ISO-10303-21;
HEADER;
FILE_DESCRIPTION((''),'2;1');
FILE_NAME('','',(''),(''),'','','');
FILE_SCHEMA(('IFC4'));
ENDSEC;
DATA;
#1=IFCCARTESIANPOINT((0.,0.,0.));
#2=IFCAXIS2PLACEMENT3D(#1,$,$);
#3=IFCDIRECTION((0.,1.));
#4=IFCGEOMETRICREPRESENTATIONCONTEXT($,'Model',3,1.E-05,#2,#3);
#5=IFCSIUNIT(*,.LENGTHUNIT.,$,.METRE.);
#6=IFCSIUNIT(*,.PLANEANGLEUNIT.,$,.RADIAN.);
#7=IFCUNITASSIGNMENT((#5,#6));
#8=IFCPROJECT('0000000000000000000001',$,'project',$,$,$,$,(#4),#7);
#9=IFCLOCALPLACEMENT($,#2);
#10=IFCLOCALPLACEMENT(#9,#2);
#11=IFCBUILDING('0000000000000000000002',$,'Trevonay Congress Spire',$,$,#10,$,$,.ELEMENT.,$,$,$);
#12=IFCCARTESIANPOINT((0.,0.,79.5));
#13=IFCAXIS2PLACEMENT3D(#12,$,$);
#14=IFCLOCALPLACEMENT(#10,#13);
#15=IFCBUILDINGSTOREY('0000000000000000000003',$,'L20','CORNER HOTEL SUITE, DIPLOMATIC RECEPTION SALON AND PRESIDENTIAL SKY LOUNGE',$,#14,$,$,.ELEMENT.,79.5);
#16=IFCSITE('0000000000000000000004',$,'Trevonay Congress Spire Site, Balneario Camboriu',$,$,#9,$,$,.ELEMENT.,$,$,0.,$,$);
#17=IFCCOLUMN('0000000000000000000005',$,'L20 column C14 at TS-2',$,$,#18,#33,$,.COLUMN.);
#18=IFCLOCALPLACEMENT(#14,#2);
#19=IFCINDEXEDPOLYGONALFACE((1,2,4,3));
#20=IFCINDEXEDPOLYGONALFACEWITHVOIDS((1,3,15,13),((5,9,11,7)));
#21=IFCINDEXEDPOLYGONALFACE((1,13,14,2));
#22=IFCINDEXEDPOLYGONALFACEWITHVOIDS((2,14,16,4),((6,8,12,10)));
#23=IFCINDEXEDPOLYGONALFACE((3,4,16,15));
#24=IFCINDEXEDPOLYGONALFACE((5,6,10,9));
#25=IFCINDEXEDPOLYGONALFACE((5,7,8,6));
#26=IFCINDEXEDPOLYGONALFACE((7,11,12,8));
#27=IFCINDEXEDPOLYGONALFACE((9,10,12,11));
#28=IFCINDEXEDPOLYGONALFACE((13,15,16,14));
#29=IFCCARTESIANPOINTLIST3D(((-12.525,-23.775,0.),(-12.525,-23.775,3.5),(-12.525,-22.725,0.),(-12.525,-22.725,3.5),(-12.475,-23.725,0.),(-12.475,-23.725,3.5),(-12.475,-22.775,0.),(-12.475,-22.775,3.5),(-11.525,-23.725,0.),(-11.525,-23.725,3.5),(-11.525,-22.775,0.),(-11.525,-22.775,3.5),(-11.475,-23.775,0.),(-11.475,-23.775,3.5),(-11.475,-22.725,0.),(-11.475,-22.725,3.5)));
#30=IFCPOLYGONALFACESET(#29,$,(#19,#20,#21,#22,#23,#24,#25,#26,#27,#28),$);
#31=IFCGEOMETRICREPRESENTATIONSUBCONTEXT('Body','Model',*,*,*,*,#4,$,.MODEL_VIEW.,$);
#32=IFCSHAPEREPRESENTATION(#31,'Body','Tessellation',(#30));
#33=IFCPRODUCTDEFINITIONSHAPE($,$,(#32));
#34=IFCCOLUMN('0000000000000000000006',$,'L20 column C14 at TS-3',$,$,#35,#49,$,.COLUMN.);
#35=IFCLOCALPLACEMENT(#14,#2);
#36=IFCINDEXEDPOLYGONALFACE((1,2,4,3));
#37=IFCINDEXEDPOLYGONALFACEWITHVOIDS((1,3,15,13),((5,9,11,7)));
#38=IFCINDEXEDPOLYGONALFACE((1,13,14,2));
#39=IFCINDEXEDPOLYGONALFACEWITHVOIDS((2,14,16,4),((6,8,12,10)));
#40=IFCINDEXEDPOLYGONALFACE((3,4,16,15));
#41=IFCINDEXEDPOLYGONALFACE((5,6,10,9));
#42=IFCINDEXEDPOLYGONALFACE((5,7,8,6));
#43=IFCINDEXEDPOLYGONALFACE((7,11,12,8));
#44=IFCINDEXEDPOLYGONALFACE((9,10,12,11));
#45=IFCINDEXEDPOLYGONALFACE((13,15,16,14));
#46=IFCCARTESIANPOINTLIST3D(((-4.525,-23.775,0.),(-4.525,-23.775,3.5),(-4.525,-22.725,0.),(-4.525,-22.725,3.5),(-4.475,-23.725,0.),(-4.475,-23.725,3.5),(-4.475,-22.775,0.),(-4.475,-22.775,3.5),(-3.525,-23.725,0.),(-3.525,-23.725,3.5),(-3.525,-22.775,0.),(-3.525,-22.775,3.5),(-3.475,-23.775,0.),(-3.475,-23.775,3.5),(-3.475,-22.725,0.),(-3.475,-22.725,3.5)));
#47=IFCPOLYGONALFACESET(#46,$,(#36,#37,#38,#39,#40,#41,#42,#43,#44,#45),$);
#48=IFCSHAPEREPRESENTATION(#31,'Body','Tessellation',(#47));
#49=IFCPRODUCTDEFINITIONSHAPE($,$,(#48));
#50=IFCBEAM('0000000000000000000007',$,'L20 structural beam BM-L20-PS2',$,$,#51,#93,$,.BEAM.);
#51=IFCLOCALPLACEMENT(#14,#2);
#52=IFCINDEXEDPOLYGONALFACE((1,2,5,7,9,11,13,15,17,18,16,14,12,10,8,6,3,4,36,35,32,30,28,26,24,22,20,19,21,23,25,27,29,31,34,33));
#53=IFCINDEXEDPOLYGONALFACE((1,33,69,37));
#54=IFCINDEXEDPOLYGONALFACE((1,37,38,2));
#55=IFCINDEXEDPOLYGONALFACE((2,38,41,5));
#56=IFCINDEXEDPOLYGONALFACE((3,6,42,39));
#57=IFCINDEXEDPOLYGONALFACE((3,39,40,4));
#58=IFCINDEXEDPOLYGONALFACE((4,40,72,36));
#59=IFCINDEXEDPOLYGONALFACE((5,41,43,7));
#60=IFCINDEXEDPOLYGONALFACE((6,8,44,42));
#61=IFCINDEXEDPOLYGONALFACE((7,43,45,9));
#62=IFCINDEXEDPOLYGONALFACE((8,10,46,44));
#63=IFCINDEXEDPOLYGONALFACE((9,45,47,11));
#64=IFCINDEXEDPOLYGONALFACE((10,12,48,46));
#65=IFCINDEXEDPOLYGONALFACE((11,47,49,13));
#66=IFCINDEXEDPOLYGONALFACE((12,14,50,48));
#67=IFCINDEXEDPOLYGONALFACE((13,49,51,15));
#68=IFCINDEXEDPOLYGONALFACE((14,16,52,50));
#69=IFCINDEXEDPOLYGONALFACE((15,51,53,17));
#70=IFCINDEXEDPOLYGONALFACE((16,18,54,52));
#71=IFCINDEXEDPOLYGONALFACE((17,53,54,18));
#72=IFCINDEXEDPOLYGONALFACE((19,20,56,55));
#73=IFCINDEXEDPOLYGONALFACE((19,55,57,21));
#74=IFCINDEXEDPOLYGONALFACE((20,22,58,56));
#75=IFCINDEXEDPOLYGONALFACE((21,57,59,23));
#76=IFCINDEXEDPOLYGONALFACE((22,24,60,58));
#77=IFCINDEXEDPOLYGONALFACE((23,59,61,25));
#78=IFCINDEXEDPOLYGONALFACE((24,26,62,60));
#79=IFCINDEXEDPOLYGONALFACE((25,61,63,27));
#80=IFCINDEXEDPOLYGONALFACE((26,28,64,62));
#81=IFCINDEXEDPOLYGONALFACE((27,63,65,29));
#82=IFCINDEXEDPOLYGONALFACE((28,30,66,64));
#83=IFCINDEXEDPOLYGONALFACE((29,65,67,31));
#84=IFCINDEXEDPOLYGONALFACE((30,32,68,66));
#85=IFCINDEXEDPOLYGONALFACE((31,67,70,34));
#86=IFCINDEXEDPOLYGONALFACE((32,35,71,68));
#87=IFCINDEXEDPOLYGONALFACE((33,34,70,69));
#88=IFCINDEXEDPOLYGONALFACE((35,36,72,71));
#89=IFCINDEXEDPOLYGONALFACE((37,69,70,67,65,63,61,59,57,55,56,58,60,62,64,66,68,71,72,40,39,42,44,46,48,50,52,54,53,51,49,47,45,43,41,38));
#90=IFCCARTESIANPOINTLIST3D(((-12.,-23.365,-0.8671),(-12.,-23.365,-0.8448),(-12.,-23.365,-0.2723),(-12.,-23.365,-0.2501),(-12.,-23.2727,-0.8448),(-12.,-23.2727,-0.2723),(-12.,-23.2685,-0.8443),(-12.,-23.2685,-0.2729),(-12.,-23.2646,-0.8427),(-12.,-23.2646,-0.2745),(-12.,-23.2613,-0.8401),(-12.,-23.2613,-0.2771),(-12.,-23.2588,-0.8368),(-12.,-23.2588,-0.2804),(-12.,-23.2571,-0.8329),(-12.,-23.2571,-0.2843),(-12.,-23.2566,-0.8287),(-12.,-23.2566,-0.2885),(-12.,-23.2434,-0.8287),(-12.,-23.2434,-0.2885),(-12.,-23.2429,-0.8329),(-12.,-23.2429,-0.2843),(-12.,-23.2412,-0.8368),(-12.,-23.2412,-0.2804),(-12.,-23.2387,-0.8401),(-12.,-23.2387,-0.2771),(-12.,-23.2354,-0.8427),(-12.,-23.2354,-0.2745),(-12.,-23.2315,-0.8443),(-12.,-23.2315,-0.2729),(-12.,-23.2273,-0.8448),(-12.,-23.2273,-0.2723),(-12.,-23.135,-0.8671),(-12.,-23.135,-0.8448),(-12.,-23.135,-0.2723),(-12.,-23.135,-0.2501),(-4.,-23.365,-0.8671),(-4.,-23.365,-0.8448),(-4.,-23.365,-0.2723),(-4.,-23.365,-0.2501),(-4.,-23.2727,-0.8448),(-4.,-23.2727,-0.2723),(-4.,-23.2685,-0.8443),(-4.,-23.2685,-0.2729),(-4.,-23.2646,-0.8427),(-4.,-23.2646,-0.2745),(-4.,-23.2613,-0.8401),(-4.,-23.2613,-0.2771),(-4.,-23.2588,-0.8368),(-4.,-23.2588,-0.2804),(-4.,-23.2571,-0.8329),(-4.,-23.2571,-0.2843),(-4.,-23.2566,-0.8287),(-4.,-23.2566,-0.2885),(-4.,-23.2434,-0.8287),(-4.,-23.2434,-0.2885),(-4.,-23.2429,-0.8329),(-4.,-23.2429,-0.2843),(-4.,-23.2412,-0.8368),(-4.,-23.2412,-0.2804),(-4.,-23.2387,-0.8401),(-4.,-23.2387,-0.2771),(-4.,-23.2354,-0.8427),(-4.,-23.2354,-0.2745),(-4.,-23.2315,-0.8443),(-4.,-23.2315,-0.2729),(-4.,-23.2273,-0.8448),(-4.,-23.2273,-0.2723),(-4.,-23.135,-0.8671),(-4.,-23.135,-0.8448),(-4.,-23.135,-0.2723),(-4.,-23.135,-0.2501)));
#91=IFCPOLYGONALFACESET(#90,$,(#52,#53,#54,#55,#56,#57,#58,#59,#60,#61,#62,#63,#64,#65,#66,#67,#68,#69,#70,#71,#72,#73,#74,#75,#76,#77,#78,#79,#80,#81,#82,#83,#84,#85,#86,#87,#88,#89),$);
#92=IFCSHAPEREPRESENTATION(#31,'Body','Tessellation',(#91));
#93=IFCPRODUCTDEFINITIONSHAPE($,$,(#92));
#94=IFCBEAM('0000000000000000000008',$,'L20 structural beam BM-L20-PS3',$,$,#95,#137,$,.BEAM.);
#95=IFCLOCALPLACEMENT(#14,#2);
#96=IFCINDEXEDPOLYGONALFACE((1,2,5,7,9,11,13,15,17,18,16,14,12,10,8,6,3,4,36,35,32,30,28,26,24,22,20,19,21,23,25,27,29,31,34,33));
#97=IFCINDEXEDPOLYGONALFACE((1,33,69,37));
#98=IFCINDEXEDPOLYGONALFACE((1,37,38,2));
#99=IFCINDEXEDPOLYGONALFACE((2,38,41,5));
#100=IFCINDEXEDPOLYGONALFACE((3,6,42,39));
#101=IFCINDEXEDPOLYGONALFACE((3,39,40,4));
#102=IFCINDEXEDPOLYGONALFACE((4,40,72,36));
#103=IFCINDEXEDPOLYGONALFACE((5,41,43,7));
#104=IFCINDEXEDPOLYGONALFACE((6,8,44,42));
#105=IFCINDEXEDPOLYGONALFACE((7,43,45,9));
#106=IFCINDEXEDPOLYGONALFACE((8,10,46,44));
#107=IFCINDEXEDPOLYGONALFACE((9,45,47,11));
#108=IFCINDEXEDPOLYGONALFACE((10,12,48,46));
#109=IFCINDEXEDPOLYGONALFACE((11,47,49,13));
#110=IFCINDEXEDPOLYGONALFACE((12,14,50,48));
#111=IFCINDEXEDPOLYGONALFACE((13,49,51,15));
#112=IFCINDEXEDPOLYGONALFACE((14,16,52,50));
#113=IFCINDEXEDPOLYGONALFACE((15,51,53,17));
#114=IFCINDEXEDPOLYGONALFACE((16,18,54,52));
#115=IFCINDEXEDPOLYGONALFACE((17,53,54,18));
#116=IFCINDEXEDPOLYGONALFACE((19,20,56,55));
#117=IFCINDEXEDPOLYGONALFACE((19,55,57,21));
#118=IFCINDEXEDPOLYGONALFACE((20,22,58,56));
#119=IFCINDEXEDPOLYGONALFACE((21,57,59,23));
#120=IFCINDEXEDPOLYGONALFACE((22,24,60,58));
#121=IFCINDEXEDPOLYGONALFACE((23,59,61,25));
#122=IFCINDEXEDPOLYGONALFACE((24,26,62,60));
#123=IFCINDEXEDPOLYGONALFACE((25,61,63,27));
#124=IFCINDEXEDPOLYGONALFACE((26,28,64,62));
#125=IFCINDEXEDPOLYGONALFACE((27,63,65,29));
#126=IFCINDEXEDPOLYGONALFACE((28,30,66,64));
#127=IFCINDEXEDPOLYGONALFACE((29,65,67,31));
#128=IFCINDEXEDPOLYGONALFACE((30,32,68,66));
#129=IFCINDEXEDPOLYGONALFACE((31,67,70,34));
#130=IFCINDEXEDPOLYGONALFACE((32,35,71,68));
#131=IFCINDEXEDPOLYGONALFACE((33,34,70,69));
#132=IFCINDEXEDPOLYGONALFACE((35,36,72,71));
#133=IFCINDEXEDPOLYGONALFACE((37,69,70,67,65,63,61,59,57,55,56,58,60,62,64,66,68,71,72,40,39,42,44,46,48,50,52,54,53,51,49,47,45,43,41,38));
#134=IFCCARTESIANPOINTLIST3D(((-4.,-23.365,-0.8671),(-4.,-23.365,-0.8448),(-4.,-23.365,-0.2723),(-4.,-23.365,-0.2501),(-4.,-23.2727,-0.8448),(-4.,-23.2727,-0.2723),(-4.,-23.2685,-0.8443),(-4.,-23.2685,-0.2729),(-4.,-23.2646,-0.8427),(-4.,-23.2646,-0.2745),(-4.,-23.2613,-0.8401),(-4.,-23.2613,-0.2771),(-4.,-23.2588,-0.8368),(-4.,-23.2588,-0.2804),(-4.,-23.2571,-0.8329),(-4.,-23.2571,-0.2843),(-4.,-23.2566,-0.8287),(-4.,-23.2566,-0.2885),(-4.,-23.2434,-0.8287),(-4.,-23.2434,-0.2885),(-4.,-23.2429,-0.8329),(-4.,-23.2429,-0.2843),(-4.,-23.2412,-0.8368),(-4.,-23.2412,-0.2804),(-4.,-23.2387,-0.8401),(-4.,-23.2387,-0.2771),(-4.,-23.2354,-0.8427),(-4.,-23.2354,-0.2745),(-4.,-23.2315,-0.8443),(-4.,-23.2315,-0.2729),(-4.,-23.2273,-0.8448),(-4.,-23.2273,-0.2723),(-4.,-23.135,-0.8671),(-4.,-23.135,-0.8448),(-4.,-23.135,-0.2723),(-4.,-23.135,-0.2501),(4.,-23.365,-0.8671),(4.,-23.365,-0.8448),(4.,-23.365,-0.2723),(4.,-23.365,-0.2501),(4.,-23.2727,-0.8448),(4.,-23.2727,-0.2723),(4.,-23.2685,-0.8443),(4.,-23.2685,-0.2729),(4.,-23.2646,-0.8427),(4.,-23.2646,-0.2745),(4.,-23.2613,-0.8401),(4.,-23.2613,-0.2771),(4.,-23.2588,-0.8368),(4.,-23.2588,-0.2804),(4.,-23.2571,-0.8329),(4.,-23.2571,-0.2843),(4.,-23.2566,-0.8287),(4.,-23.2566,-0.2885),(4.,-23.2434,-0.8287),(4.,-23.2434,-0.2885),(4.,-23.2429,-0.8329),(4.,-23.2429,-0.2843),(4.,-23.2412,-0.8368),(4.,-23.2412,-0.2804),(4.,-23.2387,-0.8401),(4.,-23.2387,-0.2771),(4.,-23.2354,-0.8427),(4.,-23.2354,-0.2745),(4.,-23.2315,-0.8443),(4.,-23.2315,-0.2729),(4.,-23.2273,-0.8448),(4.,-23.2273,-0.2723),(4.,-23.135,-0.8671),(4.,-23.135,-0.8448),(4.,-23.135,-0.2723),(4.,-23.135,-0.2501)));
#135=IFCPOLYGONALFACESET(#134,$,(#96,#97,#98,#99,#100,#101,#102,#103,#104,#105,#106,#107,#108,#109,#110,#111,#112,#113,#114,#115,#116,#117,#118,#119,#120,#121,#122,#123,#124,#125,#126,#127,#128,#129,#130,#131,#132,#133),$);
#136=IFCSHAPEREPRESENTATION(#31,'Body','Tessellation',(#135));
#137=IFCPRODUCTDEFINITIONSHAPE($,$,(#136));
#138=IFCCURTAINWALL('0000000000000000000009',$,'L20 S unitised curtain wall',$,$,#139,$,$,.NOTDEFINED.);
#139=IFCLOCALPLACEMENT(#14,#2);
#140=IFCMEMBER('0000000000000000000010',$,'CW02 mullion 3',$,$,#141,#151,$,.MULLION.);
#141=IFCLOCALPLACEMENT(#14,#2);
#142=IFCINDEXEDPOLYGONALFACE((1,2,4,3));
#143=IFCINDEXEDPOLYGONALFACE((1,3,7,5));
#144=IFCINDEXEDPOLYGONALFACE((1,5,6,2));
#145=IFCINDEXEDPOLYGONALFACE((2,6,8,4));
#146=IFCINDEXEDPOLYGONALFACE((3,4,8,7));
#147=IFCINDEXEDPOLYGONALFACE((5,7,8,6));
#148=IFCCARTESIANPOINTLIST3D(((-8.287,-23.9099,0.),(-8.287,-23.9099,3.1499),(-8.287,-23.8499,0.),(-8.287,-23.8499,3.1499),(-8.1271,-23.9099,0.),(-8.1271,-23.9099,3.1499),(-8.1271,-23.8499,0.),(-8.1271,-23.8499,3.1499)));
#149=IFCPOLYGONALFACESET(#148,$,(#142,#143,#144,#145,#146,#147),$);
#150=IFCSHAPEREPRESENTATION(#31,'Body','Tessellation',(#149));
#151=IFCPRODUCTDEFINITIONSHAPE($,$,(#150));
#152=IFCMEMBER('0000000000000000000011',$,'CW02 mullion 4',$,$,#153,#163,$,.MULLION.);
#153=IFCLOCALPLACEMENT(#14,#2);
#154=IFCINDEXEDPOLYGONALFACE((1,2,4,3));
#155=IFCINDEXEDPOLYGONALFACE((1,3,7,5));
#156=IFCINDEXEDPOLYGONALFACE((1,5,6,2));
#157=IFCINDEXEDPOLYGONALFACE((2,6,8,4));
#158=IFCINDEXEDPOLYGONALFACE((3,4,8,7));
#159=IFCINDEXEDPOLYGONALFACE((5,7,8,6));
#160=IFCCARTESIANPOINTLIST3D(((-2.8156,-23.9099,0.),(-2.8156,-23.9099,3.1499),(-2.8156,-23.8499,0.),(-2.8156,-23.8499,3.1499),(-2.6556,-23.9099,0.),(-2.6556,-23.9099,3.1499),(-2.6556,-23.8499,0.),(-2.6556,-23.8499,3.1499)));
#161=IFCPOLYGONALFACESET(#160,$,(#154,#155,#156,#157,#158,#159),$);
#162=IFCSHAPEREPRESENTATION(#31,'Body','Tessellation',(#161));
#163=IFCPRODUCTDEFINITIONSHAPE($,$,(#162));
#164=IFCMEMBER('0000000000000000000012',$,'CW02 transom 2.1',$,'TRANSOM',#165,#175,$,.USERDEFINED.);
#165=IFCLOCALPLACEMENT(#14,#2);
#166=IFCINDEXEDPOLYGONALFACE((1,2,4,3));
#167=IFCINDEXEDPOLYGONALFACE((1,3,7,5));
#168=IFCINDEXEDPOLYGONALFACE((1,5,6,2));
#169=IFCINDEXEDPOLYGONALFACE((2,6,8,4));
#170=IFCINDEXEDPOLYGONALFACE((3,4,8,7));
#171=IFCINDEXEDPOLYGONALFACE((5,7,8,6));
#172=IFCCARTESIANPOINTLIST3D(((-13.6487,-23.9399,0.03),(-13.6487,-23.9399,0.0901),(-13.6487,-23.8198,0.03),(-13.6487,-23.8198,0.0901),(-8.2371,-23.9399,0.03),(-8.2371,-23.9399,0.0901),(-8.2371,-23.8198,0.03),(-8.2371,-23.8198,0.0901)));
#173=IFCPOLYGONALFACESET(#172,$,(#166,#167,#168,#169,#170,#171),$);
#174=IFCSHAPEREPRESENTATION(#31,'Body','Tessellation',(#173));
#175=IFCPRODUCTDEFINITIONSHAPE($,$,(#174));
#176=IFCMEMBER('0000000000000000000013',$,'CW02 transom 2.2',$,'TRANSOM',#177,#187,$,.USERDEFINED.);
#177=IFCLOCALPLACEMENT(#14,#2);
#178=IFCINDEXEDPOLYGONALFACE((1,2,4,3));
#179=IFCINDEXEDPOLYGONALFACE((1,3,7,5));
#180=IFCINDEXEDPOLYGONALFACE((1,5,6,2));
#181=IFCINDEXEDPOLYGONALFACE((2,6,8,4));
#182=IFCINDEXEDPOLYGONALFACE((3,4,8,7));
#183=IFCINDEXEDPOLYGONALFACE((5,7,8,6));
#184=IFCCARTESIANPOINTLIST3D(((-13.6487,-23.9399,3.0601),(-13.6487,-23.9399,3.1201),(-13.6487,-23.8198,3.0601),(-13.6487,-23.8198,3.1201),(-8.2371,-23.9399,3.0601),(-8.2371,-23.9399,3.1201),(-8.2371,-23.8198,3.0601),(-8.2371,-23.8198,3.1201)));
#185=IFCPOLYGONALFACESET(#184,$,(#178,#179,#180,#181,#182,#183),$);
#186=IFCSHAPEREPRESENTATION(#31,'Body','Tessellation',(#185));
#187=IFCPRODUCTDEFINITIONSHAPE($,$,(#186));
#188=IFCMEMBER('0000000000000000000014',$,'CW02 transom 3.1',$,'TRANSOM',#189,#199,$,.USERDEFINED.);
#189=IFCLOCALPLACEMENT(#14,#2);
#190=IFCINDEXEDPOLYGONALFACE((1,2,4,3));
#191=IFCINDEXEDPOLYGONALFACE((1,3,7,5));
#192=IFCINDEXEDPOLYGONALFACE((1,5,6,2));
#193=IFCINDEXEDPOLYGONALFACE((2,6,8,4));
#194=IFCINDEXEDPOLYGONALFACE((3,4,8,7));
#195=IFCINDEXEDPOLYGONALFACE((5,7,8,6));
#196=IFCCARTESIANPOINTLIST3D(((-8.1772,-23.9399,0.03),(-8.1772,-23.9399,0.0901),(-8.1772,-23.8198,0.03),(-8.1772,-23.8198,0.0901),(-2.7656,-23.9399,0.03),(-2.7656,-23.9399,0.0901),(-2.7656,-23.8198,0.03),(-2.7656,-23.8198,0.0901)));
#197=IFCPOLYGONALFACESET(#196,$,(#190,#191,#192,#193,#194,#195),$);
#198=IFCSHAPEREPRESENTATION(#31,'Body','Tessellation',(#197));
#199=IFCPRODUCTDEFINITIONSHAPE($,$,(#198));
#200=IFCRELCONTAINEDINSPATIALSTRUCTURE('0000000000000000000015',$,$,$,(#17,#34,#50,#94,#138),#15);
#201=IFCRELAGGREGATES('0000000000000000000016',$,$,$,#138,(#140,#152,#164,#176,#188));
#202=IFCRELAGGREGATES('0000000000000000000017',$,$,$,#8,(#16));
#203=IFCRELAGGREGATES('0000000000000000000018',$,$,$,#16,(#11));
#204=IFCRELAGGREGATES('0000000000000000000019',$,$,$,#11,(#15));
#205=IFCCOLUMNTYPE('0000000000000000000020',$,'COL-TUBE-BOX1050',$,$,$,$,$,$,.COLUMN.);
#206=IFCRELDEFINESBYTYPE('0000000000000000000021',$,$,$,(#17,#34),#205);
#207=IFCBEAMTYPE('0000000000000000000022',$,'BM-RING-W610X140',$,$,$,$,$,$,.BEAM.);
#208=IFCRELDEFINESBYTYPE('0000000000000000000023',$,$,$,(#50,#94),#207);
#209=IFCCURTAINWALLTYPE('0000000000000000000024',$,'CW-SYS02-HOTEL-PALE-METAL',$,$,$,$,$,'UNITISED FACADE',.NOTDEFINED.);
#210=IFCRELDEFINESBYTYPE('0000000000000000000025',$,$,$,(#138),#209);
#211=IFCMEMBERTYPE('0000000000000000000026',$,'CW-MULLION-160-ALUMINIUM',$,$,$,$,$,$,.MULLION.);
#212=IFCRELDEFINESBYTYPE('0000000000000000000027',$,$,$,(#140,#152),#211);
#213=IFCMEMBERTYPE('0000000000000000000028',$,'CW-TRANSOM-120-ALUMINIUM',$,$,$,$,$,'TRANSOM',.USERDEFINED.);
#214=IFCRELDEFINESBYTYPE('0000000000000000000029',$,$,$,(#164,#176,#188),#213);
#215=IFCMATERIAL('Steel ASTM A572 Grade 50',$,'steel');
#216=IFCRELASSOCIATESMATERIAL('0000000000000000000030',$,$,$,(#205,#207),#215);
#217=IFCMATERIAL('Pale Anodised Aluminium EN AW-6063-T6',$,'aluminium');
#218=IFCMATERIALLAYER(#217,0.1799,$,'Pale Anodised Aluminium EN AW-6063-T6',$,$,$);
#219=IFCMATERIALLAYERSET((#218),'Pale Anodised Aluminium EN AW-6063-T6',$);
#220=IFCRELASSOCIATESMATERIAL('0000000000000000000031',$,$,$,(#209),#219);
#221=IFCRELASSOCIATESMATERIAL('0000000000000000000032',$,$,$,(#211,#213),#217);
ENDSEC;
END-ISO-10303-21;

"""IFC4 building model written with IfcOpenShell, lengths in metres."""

from ifc_helpers import new_model, si_unit, direction, frame, origin, origin_2d, place, context, subcontext, project, spatial, rectangle, hollow_rectangle, i_section, extrude, material, layer, layer_set, material_profile, profile_set, type_object, element, aggregate, save


model = new_model("IFC4")

# Units and contexts
model_context = context("Model", 3, precision=1e-05, world=origin(), true_north=direction((0.0, 1.0)))
body_context = subcontext(model_context, "Body", "Model", "MODEL_VIEW")
ifc_project = project(units=[si_unit("LENGTHUNIT", "METRE"), si_unit("PLANEANGLEUNIT", "RADIAN")], contexts=[model_context])

# Site, building, storey
site_placement = place(None, origin())
site = spatial("IfcSite", under=ifc_project, at=site_placement, Name="Trevonay Congress Spire Site, Balneario Camboriu", CompositionType="ELEMENT", RefElevation=0.0)
building_placement = place(site_placement, origin())
building = spatial("IfcBuilding", under=site, at=building_placement, Name="Trevonay Congress Spire", CompositionType="ELEMENT")
storey_placement = place(building_placement, frame((0.0, 0.0, 79.5)))
storey = spatial("IfcBuildingStorey", under=building, at=storey_placement, Name="L20", Description="CORNER HOTEL SUITE, DIPLOMATIC RECEPTION SALON AND PRESIDENTIAL SKY LOUNGE", CompositionType="ELEMENT", Elevation=79.5)

# Columns
ifc_material_1 = material(Name="Steel ASTM A572 Grade 50", Category="steel")
ifc_material_profile_1 = material_profile(ifc_material_1, hollow_rectangle(XDim=1.05, YDim=1.05, WallThickness=0.05, at=origin_2d()), Name="BOX 1050x1050x50")
ifc_profile_set_1 = profile_set([ifc_material_profile_1], Name="Steel ASTM A572 Grade 50")
column_type = type_object("IfcColumnType", Name="COL-TUBE-BOX1050", PredefinedType="COLUMN", material=ifc_profile_set_1)
for number, where, z_axis, x_axis, name in (
    (1, (-12.0, -23.25, 0.0), (0.0, 0.0, 1.0), (1.0, 0.0, 0.0), "L20 column C14 at TS-2"),
    (2, (-4.0, -23.25, 0.0), (0.0, 0.0, 1.0), (1.0, 0.0, 0.0), "L20 column C14 at TS-3"),
):
    element("IfcColumn", number, at=place(storey_placement, frame(where, z_axis=z_axis, x_axis=x_axis)), inside=storey, type_object=column_type, Name=name, PredefinedType="COLUMN", context=body_context, shape_type="SweptSolid", body=[
        extrude(hollow_rectangle(XDim=1.05, YDim=1.05, WallThickness=0.05, at=origin_2d()), origin(), (0.0, 0.0, 1.0), 3.5),
    ])

# Beams
ifc_material_profile_2 = material_profile(ifc_material_1, i_section(OverallWidth=0.23, OverallDepth=0.6169, WebThickness=0.0132, FlangeThickness=0.0222, FilletRadius=0.0161, at=origin_2d()), Name="W610x140")
ifc_profile_set_2 = profile_set([ifc_material_profile_2], Name="Steel ASTM A572 Grade 50")
beam_type = type_object("IfcBeamType", Name="BM-RING-W610X140", PredefinedType="BEAM", material=ifc_profile_set_2)
for number, where, z_axis, x_axis, name in (
    (3, (-12.0, -23.25, -0.5586), (1.0, 0.0, 0.0), (0.0, 1.0, 0.0), "L20 structural beam BM-L20-PS2"),
    (4, (-4.0, -23.25, -0.5586), (1.0, 0.0, 0.0), (0.0, 1.0, 0.0), "L20 structural beam BM-L20-PS3"),
):
    element("IfcBeam", number, at=place(storey_placement, frame(where, z_axis=z_axis, x_axis=x_axis)), inside=storey, type_object=beam_type, Name=name, PredefinedType="BEAM", context=body_context, shape_type="SweptSolid", body=[
        extrude(i_section(OverallWidth=0.23, OverallDepth=0.6169, WebThickness=0.0132, FlangeThickness=0.0222, FilletRadius=0.0161, at=origin_2d()), origin(), (0.0, 0.0, 1.0), 8.0),
    ])

# Curtain wall, members
ifc_material_2 = material(Name="Pale Anodised Aluminium EN AW-6063-T6", Category="aluminium")
ifc_layer_1 = layer(ifc_material_2, 0.1799, Name="Pale Anodised Aluminium EN AW-6063-T6")
ifc_layer_set_1 = layer_set([ifc_layer_1], Name="Pale Anodised Aluminium EN AW-6063-T6")
curtain_wall_type = type_object("IfcCurtainWallType", Name="CW-SYS02-HOTEL-PALE-METAL", ElementType="UNITISED FACADE", PredefinedType="NOTDEFINED", material=ifc_layer_set_1)
curtain_wall_placement = place(storey_placement, origin())
curtain_wall = element("IfcCurtainWall", 5, at=curtain_wall_placement, inside=storey, type_object=curtain_wall_type, Name="L20 S unitised curtain wall", PredefinedType="NOTDEFINED")
ifc_material_profile_3 = material_profile(ifc_material_2, rectangle(XDim=0.0601, YDim=0.1599, at=origin_2d()), Name="CW-MULLION-160-ALUMINIUM")
ifc_profile_set_3 = profile_set([ifc_material_profile_3], Name="Pale Anodised Aluminium EN AW-6063-T6")
member_type_1 = type_object("IfcMemberType", Name="CW-MULLION-160-ALUMINIUM", PredefinedType="MULLION", material=ifc_profile_set_3)
member_1_placement = place(storey_placement, frame((-8.207, -23.8799, 0.0), z_axis=(0.0, 0.0, 1.0), x_axis=(0.0, 1.0, 0.0)))
member_1 = element("IfcMember", 6, at=member_1_placement, type_object=member_type_1, Name="CW02 mullion 3", PredefinedType="MULLION", context=body_context, shape_type="SweptSolid", body=[
    extrude(rectangle(XDim=0.0601, YDim=0.1599, at=origin_2d()), origin(), (0.0, 0.0, 1.0), 3.1499),
])
member_2_placement = place(storey_placement, frame((-2.7356, -23.8799, 0.0), z_axis=(0.0, 0.0, 1.0), x_axis=(0.0, 1.0, 0.0)))
member_2 = element("IfcMember", 7, at=member_2_placement, type_object=member_type_1, Name="CW02 mullion 4", PredefinedType="MULLION", context=body_context, shape_type="SweptSolid", body=[
    extrude(rectangle(XDim=0.0601, YDim=0.1599, at=origin_2d()), origin(), (0.0, 0.0, 1.0), 3.1499),
])
ifc_material_profile_4 = material_profile(ifc_material_2, rectangle(XDim=0.1201, YDim=0.0601, at=origin_2d()), Name="CW-TRANSOM-120-ALUMINIUM")
ifc_profile_set_4 = profile_set([ifc_material_profile_4], Name="Pale Anodised Aluminium EN AW-6063-T6")
member_type_2 = type_object("IfcMemberType", Name="CW-TRANSOM-120-ALUMINIUM", ElementType="TRANSOM", PredefinedType="USERDEFINED", material=ifc_profile_set_4)
member_3_placement = place(storey_placement, frame((-13.6487, -23.8799, 0.0601), z_axis=(1.0, 0.0, 0.0), x_axis=(0.0, 1.0, 0.0)))
member_3 = element("IfcMember", 8, at=member_3_placement, type_object=member_type_2, Name="CW02 transom 2.1", ObjectType="TRANSOM", PredefinedType="USERDEFINED", context=body_context, shape_type="SweptSolid", body=[
    extrude(rectangle(XDim=0.1201, YDim=0.0601, at=origin_2d()), origin(), (0.0, 0.0, 1.0), 5.4116),
])
member_4_placement = place(storey_placement, frame((-13.6487, -23.8799, 3.0901), z_axis=(1.0, 0.0, 0.0), x_axis=(0.0, 1.0, 0.0)))
member_4 = element("IfcMember", 9, at=member_4_placement, type_object=member_type_2, Name="CW02 transom 2.2", ObjectType="TRANSOM", PredefinedType="USERDEFINED", context=body_context, shape_type="SweptSolid", body=[
    extrude(rectangle(XDim=0.1201, YDim=0.0601, at=origin_2d()), origin(), (0.0, 0.0, 1.0), 5.4116),
])
member_5_placement = place(storey_placement, frame((-8.1772, -23.8799, 0.0601), z_axis=(1.0, 0.0, 0.0), x_axis=(0.0, 1.0, 0.0)))
member_5 = element("IfcMember", 10, at=member_5_placement, type_object=member_type_2, Name="CW02 transom 3.1", ObjectType="TRANSOM", PredefinedType="USERDEFINED", context=body_context, shape_type="SweptSolid", body=[
    extrude(rectangle(XDim=0.1201, YDim=0.0601, at=origin_2d()), origin(), (0.0, 0.0, 1.0), 5.4116),
])
aggregate(curtain_wall, [member_1, member_2, member_3, member_4, member_5])

save(model, "model.ifc")
